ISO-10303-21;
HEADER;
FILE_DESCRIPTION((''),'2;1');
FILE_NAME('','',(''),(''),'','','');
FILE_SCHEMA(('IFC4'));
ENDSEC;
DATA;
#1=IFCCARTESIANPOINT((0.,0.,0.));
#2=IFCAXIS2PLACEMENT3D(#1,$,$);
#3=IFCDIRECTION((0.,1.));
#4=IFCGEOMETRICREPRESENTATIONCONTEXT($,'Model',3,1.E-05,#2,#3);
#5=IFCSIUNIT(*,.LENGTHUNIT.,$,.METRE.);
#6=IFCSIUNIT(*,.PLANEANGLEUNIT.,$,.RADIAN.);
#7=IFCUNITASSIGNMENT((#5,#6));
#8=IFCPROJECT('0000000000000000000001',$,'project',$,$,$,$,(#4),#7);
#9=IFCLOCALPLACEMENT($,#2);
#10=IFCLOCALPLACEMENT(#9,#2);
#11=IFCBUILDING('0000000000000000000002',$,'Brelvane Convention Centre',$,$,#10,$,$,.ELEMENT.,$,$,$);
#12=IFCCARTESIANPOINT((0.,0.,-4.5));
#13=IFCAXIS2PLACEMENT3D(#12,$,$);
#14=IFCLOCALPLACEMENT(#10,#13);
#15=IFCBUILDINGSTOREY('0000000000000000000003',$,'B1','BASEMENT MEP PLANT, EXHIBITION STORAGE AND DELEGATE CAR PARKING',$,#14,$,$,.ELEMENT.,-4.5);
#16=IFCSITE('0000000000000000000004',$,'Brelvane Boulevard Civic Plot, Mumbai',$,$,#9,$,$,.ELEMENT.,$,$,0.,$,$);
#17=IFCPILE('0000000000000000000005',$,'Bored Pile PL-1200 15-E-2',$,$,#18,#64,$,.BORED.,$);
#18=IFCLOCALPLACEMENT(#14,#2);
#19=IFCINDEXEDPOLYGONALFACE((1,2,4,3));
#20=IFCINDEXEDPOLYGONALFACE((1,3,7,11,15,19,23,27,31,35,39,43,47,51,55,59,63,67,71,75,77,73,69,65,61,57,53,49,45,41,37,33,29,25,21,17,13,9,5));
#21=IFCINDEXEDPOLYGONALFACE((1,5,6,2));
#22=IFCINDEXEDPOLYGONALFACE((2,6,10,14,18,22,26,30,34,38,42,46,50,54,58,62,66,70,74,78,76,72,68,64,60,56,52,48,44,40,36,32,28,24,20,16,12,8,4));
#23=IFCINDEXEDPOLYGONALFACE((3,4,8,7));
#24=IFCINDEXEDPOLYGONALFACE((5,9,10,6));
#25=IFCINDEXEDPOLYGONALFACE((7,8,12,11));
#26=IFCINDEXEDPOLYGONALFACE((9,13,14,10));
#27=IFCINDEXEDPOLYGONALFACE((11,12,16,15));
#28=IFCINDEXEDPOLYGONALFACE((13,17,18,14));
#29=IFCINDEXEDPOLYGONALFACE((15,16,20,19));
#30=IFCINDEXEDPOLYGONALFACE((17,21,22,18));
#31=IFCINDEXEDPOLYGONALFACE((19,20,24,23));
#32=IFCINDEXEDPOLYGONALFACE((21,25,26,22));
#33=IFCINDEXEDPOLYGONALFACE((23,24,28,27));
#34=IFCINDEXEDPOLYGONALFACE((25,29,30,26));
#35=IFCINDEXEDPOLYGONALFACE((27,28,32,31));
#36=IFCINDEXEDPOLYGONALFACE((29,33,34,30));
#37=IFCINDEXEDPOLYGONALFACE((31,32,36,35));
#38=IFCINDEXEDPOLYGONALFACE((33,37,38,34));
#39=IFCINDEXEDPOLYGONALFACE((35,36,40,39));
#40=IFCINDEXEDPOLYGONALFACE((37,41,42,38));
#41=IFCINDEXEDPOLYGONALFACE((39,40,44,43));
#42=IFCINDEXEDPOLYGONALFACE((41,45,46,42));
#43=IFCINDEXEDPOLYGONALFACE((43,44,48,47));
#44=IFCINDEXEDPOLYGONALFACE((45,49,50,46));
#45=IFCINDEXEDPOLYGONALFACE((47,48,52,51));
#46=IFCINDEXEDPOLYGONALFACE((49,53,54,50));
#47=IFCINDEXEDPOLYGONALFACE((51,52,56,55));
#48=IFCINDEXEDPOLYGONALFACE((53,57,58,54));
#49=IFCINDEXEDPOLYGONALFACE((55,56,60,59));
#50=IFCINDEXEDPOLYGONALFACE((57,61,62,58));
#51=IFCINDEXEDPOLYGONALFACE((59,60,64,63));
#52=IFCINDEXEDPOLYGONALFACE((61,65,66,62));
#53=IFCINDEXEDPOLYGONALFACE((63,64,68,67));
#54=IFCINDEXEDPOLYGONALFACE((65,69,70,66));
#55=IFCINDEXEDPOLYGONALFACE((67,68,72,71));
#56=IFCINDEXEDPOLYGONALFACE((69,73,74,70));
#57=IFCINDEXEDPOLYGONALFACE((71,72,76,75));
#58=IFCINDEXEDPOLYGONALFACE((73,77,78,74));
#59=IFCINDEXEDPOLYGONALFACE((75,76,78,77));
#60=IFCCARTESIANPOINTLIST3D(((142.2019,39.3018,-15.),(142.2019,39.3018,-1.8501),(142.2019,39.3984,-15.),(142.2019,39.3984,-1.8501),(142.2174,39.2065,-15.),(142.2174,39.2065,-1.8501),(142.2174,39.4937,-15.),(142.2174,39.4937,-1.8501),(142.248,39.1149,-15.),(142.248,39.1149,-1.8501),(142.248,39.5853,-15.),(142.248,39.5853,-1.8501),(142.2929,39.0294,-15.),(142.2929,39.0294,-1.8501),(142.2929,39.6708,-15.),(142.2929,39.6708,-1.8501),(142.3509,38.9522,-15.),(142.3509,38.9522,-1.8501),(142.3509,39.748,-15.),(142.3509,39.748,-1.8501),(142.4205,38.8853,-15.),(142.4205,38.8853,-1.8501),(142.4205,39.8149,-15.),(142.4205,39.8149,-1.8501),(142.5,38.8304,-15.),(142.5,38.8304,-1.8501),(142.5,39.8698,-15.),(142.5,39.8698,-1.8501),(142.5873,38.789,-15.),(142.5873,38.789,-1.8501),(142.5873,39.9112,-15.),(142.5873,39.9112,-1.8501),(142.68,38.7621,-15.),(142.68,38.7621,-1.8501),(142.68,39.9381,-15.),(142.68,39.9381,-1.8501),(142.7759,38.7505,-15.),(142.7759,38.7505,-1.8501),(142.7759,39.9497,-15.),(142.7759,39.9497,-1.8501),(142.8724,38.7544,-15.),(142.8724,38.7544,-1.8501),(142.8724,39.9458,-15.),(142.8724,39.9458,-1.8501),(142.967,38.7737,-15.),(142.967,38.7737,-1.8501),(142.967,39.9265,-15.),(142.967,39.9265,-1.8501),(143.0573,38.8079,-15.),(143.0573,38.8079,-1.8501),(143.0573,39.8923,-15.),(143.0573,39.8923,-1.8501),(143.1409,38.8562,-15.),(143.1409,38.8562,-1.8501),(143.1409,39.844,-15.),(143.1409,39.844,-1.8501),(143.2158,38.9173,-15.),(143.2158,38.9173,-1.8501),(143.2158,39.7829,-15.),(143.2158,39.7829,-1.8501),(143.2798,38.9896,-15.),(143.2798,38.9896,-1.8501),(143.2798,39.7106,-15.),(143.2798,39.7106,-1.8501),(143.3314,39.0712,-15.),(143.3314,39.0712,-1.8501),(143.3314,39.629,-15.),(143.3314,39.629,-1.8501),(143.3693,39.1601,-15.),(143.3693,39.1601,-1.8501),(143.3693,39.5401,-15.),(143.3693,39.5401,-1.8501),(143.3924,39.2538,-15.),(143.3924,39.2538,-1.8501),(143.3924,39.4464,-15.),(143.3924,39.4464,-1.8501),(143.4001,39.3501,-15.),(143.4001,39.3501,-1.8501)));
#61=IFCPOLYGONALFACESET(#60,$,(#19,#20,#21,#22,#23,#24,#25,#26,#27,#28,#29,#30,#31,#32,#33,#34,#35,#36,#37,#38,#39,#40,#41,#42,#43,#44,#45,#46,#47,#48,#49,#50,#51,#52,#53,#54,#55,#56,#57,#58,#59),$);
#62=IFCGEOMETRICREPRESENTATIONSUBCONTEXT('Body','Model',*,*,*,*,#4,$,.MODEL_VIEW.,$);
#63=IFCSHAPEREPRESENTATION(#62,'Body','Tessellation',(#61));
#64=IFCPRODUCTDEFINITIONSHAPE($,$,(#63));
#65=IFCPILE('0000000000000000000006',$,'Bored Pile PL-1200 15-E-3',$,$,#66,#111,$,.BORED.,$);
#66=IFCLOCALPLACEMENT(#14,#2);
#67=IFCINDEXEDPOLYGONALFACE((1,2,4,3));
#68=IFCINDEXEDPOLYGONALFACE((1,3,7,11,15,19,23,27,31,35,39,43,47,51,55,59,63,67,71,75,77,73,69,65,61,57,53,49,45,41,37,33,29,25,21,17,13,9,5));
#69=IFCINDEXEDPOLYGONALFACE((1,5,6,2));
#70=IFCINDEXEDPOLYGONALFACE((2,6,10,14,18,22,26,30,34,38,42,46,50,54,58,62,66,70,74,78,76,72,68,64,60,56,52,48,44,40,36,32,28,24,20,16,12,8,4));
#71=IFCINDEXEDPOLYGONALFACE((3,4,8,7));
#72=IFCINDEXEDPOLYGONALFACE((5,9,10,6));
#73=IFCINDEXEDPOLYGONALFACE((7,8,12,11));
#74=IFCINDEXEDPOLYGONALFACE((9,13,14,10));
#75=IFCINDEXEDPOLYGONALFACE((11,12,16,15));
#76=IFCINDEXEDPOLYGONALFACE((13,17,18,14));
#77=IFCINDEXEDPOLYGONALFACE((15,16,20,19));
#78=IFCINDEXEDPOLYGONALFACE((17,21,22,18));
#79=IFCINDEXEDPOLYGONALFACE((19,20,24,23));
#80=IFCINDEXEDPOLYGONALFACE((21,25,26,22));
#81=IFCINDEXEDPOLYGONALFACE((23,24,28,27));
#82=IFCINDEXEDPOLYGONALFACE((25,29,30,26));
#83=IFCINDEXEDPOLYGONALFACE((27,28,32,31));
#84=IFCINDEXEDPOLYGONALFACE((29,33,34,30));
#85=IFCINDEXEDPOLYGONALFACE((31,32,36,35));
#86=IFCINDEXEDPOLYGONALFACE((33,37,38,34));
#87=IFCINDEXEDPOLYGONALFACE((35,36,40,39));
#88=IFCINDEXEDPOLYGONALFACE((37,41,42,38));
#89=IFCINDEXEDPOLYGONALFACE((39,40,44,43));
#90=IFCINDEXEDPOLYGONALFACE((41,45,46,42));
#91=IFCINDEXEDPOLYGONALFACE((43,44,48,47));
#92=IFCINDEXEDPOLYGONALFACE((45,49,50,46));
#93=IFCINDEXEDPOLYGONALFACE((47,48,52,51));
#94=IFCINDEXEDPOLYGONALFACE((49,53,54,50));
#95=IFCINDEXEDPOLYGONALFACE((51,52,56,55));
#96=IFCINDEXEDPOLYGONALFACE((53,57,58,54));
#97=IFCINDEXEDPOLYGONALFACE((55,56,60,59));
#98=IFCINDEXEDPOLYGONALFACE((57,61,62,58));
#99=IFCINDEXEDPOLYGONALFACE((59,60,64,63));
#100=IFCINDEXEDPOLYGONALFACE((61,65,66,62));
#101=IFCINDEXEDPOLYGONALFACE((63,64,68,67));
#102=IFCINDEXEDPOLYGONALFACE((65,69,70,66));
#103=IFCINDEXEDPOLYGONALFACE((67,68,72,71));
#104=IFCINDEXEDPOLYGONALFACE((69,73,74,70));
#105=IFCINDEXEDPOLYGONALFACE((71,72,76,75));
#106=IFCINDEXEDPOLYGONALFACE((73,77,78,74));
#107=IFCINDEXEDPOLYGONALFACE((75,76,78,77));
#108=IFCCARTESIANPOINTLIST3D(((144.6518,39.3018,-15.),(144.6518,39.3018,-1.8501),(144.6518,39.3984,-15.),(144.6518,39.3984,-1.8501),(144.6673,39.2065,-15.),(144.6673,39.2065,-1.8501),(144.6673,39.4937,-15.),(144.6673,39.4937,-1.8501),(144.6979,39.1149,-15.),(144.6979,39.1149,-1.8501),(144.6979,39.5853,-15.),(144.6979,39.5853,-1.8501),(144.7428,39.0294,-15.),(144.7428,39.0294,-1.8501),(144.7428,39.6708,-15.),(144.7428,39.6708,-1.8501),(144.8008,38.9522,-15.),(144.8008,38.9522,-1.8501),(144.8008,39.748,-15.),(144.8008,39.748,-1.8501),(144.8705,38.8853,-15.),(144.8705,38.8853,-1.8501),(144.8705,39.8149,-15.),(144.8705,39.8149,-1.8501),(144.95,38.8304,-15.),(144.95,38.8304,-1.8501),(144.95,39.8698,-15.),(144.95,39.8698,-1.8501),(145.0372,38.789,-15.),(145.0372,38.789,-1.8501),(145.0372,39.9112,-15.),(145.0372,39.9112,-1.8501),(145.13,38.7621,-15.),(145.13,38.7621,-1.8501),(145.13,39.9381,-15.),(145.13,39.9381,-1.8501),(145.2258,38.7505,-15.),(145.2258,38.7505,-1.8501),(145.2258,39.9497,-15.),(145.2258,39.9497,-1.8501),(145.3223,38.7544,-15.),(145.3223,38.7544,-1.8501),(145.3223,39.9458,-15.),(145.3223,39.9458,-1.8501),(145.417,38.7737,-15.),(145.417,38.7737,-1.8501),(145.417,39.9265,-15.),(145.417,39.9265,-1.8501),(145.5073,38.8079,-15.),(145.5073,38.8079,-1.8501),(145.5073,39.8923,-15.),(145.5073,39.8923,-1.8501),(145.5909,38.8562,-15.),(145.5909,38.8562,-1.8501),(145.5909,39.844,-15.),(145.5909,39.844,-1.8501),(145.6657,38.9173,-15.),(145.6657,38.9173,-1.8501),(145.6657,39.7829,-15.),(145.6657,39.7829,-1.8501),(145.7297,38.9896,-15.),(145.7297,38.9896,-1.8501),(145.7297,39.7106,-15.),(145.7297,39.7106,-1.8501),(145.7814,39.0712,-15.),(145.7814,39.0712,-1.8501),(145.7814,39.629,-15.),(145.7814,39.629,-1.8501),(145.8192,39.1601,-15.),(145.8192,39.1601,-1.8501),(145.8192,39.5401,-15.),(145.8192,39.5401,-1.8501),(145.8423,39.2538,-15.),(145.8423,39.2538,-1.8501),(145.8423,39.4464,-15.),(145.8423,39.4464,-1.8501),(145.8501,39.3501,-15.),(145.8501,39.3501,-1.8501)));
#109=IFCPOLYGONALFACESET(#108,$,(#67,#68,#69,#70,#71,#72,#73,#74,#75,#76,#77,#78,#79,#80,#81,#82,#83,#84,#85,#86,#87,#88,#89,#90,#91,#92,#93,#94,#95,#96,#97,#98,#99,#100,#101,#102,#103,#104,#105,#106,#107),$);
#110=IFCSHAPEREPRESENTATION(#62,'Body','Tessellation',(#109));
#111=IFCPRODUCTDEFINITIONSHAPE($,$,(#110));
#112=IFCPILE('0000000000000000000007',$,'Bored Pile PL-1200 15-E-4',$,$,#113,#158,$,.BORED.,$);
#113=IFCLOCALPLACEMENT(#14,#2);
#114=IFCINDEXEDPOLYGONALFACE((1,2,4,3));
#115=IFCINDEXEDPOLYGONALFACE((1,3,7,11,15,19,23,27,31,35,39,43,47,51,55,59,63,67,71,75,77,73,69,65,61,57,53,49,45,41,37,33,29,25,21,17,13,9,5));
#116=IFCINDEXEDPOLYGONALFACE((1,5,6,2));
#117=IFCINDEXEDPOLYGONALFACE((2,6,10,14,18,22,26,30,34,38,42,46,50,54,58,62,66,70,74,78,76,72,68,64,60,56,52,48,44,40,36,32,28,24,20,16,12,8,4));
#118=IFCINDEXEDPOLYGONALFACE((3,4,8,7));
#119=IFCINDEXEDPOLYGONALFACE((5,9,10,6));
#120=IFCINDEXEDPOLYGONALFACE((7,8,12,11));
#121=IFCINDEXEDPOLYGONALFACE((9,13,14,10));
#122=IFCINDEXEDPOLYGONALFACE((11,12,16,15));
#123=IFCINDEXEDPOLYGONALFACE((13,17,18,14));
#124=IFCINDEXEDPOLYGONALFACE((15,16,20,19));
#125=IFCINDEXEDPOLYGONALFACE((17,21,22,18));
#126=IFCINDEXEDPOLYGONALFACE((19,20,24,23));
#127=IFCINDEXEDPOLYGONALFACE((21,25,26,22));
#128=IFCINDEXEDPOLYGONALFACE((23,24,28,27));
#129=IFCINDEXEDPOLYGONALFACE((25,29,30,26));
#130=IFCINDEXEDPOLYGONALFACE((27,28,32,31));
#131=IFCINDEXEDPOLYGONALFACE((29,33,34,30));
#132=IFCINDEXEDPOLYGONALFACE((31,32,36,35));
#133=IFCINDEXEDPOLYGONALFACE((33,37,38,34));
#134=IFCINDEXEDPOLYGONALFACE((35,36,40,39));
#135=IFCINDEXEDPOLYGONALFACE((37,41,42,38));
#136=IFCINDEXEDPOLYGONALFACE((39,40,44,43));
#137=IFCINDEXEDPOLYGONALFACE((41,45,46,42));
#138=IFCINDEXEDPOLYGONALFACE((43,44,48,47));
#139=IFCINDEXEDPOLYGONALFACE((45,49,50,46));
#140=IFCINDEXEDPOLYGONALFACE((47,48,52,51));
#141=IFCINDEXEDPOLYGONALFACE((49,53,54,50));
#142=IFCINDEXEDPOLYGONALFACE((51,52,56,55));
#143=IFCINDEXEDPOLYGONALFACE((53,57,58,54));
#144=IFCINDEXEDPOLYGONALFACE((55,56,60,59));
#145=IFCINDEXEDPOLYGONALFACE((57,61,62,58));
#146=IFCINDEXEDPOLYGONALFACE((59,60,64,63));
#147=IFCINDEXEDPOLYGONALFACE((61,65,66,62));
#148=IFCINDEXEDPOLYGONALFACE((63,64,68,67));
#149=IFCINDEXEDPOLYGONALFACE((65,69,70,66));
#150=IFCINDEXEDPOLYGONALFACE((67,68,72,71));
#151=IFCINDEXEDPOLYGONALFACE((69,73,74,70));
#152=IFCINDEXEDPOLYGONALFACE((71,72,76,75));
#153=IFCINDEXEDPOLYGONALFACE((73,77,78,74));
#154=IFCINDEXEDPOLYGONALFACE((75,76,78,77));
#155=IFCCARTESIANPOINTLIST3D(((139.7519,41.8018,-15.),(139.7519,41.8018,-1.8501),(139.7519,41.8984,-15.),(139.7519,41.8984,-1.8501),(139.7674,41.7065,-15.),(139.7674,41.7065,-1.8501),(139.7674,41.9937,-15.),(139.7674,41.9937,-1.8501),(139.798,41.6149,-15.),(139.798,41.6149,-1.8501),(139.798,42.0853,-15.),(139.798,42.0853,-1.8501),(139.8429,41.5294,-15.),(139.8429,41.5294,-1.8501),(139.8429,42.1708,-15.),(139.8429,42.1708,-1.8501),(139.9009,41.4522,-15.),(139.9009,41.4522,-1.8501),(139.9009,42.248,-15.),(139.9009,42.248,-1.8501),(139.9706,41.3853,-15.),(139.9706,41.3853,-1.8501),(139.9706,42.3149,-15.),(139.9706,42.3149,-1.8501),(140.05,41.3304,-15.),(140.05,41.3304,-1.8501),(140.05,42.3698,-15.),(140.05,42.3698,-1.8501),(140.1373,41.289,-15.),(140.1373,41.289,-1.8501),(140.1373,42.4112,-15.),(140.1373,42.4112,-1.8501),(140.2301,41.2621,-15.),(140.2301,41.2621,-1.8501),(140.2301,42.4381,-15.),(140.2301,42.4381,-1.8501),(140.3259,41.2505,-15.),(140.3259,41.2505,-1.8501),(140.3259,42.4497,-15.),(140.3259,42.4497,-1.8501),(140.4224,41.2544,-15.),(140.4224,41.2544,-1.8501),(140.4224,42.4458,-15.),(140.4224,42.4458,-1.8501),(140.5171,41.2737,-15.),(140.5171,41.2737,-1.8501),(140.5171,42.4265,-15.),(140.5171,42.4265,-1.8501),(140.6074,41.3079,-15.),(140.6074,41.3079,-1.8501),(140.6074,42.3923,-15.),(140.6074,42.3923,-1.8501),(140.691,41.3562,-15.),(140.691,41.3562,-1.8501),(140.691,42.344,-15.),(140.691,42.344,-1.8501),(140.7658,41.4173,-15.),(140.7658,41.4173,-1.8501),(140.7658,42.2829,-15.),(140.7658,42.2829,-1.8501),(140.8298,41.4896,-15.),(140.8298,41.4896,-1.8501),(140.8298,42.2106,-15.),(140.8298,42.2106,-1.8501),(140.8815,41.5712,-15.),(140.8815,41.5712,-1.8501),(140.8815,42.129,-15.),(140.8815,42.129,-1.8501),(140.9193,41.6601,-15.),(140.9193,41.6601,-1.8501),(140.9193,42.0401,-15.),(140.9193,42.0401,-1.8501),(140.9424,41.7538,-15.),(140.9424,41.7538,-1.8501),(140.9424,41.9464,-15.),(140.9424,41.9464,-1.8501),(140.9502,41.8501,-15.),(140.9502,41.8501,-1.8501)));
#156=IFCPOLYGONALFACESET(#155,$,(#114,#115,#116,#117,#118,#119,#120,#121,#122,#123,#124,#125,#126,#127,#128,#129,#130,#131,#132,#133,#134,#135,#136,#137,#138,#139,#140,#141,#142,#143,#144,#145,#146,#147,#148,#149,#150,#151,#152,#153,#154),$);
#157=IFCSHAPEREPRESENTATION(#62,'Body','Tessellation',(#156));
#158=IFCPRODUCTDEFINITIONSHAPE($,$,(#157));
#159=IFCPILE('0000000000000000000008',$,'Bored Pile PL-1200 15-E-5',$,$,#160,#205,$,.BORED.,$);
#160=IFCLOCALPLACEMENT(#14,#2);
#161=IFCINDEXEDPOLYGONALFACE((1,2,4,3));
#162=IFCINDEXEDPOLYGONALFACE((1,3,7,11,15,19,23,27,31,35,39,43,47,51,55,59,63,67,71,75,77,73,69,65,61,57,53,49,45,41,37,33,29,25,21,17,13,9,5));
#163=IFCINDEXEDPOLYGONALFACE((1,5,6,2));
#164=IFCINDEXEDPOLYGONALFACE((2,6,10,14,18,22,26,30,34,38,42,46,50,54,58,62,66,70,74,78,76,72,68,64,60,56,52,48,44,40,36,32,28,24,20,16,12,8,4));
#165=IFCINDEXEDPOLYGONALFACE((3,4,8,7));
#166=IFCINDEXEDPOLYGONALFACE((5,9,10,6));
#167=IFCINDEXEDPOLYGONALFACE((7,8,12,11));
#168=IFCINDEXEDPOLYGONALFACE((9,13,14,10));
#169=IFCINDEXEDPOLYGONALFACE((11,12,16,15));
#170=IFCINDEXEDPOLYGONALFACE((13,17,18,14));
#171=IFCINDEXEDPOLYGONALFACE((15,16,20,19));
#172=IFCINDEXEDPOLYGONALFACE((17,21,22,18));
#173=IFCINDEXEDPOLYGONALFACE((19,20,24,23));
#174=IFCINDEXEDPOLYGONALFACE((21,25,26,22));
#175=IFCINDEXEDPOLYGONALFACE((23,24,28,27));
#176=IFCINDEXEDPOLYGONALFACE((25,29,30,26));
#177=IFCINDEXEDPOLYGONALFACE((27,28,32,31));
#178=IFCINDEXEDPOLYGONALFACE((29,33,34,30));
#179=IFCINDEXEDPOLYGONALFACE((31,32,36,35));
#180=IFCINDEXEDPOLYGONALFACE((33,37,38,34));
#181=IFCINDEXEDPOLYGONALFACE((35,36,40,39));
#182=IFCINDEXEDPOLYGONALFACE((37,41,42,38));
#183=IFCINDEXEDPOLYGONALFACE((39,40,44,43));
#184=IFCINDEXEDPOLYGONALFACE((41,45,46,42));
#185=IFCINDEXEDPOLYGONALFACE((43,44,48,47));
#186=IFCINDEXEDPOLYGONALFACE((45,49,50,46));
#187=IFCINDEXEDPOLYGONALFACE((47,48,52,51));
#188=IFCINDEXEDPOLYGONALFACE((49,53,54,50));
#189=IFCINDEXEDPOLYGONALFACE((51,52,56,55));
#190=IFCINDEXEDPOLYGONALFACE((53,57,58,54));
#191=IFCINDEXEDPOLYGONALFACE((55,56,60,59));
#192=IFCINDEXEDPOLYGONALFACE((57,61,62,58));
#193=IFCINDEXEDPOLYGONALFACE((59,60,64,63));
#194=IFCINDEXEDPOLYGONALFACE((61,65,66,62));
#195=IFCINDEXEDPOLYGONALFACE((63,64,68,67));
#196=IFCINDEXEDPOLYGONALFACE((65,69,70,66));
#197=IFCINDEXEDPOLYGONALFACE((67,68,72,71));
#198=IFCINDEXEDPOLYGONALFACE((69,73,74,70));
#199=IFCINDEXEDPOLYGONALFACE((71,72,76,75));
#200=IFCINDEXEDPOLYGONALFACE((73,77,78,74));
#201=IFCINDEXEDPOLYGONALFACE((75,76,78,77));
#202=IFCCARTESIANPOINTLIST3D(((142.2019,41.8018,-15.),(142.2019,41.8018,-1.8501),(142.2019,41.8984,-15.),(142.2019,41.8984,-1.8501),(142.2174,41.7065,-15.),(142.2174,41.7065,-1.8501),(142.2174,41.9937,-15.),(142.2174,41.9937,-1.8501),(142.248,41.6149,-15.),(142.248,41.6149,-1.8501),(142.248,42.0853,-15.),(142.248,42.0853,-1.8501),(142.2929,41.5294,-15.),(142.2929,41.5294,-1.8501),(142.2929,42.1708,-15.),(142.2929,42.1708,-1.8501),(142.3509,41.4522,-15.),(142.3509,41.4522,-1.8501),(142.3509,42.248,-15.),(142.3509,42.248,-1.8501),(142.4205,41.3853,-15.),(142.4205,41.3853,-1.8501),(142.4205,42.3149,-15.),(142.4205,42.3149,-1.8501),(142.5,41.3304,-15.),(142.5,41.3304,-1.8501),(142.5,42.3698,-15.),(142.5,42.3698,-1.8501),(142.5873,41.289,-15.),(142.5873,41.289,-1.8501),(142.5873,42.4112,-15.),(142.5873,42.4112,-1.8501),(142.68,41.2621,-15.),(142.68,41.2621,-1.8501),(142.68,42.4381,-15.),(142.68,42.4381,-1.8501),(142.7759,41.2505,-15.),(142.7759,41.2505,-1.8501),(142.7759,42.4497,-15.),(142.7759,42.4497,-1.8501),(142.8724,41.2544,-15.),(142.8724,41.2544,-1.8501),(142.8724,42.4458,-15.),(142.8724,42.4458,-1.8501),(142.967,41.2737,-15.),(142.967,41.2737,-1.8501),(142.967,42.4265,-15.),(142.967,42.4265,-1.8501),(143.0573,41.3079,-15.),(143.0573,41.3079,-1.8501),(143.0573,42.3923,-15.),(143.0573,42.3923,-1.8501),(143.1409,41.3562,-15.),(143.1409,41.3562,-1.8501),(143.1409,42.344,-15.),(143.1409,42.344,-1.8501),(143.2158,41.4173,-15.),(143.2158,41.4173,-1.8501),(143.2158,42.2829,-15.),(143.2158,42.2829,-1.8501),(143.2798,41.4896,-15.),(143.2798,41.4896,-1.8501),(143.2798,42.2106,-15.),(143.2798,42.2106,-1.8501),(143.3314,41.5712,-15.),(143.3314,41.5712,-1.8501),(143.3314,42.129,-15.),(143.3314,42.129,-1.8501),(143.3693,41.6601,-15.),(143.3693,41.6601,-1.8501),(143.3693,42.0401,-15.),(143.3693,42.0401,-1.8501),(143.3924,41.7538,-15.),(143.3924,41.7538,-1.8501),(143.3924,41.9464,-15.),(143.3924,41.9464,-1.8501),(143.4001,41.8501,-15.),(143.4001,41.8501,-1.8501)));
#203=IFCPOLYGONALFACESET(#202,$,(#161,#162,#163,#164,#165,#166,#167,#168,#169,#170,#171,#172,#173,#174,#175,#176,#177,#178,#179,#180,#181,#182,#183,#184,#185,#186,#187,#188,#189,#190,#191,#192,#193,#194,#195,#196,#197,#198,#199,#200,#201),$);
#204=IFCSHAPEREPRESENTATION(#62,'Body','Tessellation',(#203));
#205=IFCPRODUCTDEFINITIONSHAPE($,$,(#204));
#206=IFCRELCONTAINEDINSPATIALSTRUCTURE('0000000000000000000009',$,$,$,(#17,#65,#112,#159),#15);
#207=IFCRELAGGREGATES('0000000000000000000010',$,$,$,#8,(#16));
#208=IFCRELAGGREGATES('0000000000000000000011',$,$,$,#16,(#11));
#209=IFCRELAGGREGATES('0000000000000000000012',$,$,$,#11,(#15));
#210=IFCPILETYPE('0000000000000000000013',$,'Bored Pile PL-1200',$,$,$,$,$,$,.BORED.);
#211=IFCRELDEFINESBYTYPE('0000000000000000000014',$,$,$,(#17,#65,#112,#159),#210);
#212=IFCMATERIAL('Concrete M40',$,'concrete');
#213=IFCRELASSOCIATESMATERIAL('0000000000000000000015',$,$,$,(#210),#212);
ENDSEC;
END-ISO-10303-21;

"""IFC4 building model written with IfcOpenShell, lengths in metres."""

from ifc_helpers import new_model, si_unit, direction, frame, origin, origin_2d, place, context, subcontext, project, spatial, circle, extrude, material, material_profile, profile_set, type_object, element, save


model = new_model("IFC4")

# Units and contexts
model_context = context("Model", 3, precision=1e-05, world=origin(), true_north=direction((0.0, 1.0)))
body_context = subcontext(model_context, "Body", "Model", "MODEL_VIEW")
ifc_project = project(units=[si_unit("LENGTHUNIT", "METRE"), si_unit("PLANEANGLEUNIT", "RADIAN")], contexts=[model_context])

# Site, building, storey
site_placement = place(None, origin())
site = spatial("IfcSite", under=ifc_project, at=site_placement, Name="Brelvane Boulevard Civic Plot, Mumbai", CompositionType="ELEMENT", RefElevation=0.0)
building_placement = place(site_placement, origin())
building = spatial("IfcBuilding", under=site, at=building_placement, Name="Brelvane Convention Centre", CompositionType="ELEMENT")
storey_placement = place(building_placement, frame((0.0, 0.0, -4.5)))
storey = spatial("IfcBuildingStorey", under=building, at=storey_placement, Name="B1", Description="BASEMENT MEP PLANT, EXHIBITION STORAGE AND DELEGATE CAR PARKING", CompositionType="ELEMENT", Elevation=-4.5)

# Piles
ifc_material_1 = material(Name="Concrete M40", Category="concrete")
ifc_material_profile_1 = material_profile(ifc_material_1, circle(Radius=0.6001, at=origin_2d()), Name="PILE D1200")
ifc_profile_set_1 = profile_set([ifc_material_profile_1], Name="Concrete M40")
pile_type = type_object("IfcPileType", Name="Bored Pile PL-1200", PredefinedType="BORED", material=ifc_profile_set_1)
for number, where, z_axis, x_axis, name in (
    (1, (142.8, 39.3501, -1.8501), (0.0, 0.0, -1.0), (1.0, 0.0, 0.0), "Bored Pile PL-1200 15-E-2"),
    (2, (145.25, 39.3501, -1.8501), (0.0, 0.0, -1.0), (1.0, 0.0, 0.0), "Bored Pile PL-1200 15-E-3"),
    (3, (140.3501, 41.8501, -1.8501), (0.0, 0.0, -1.0), (1.0, 0.0, 0.0), "Bored Pile PL-1200 15-E-4"),
    (4, (142.8, 41.8501, -1.8501), (0.0, 0.0, -1.0), (1.0, 0.0, 0.0), "Bored Pile PL-1200 15-E-5"),
):
    element("IfcPile", number, at=place(storey_placement, frame(where, z_axis=z_axis, x_axis=x_axis)), inside=storey, type_object=pile_type, Name=name, PredefinedType="BORED", context=body_context, shape_type="SweptSolid", body=[
        extrude(circle(Radius=0.6001, at=origin_2d()), origin(), (0.0, 0.0, 1.0), 13.1499),
    ])

save(model, "model.ifc")
